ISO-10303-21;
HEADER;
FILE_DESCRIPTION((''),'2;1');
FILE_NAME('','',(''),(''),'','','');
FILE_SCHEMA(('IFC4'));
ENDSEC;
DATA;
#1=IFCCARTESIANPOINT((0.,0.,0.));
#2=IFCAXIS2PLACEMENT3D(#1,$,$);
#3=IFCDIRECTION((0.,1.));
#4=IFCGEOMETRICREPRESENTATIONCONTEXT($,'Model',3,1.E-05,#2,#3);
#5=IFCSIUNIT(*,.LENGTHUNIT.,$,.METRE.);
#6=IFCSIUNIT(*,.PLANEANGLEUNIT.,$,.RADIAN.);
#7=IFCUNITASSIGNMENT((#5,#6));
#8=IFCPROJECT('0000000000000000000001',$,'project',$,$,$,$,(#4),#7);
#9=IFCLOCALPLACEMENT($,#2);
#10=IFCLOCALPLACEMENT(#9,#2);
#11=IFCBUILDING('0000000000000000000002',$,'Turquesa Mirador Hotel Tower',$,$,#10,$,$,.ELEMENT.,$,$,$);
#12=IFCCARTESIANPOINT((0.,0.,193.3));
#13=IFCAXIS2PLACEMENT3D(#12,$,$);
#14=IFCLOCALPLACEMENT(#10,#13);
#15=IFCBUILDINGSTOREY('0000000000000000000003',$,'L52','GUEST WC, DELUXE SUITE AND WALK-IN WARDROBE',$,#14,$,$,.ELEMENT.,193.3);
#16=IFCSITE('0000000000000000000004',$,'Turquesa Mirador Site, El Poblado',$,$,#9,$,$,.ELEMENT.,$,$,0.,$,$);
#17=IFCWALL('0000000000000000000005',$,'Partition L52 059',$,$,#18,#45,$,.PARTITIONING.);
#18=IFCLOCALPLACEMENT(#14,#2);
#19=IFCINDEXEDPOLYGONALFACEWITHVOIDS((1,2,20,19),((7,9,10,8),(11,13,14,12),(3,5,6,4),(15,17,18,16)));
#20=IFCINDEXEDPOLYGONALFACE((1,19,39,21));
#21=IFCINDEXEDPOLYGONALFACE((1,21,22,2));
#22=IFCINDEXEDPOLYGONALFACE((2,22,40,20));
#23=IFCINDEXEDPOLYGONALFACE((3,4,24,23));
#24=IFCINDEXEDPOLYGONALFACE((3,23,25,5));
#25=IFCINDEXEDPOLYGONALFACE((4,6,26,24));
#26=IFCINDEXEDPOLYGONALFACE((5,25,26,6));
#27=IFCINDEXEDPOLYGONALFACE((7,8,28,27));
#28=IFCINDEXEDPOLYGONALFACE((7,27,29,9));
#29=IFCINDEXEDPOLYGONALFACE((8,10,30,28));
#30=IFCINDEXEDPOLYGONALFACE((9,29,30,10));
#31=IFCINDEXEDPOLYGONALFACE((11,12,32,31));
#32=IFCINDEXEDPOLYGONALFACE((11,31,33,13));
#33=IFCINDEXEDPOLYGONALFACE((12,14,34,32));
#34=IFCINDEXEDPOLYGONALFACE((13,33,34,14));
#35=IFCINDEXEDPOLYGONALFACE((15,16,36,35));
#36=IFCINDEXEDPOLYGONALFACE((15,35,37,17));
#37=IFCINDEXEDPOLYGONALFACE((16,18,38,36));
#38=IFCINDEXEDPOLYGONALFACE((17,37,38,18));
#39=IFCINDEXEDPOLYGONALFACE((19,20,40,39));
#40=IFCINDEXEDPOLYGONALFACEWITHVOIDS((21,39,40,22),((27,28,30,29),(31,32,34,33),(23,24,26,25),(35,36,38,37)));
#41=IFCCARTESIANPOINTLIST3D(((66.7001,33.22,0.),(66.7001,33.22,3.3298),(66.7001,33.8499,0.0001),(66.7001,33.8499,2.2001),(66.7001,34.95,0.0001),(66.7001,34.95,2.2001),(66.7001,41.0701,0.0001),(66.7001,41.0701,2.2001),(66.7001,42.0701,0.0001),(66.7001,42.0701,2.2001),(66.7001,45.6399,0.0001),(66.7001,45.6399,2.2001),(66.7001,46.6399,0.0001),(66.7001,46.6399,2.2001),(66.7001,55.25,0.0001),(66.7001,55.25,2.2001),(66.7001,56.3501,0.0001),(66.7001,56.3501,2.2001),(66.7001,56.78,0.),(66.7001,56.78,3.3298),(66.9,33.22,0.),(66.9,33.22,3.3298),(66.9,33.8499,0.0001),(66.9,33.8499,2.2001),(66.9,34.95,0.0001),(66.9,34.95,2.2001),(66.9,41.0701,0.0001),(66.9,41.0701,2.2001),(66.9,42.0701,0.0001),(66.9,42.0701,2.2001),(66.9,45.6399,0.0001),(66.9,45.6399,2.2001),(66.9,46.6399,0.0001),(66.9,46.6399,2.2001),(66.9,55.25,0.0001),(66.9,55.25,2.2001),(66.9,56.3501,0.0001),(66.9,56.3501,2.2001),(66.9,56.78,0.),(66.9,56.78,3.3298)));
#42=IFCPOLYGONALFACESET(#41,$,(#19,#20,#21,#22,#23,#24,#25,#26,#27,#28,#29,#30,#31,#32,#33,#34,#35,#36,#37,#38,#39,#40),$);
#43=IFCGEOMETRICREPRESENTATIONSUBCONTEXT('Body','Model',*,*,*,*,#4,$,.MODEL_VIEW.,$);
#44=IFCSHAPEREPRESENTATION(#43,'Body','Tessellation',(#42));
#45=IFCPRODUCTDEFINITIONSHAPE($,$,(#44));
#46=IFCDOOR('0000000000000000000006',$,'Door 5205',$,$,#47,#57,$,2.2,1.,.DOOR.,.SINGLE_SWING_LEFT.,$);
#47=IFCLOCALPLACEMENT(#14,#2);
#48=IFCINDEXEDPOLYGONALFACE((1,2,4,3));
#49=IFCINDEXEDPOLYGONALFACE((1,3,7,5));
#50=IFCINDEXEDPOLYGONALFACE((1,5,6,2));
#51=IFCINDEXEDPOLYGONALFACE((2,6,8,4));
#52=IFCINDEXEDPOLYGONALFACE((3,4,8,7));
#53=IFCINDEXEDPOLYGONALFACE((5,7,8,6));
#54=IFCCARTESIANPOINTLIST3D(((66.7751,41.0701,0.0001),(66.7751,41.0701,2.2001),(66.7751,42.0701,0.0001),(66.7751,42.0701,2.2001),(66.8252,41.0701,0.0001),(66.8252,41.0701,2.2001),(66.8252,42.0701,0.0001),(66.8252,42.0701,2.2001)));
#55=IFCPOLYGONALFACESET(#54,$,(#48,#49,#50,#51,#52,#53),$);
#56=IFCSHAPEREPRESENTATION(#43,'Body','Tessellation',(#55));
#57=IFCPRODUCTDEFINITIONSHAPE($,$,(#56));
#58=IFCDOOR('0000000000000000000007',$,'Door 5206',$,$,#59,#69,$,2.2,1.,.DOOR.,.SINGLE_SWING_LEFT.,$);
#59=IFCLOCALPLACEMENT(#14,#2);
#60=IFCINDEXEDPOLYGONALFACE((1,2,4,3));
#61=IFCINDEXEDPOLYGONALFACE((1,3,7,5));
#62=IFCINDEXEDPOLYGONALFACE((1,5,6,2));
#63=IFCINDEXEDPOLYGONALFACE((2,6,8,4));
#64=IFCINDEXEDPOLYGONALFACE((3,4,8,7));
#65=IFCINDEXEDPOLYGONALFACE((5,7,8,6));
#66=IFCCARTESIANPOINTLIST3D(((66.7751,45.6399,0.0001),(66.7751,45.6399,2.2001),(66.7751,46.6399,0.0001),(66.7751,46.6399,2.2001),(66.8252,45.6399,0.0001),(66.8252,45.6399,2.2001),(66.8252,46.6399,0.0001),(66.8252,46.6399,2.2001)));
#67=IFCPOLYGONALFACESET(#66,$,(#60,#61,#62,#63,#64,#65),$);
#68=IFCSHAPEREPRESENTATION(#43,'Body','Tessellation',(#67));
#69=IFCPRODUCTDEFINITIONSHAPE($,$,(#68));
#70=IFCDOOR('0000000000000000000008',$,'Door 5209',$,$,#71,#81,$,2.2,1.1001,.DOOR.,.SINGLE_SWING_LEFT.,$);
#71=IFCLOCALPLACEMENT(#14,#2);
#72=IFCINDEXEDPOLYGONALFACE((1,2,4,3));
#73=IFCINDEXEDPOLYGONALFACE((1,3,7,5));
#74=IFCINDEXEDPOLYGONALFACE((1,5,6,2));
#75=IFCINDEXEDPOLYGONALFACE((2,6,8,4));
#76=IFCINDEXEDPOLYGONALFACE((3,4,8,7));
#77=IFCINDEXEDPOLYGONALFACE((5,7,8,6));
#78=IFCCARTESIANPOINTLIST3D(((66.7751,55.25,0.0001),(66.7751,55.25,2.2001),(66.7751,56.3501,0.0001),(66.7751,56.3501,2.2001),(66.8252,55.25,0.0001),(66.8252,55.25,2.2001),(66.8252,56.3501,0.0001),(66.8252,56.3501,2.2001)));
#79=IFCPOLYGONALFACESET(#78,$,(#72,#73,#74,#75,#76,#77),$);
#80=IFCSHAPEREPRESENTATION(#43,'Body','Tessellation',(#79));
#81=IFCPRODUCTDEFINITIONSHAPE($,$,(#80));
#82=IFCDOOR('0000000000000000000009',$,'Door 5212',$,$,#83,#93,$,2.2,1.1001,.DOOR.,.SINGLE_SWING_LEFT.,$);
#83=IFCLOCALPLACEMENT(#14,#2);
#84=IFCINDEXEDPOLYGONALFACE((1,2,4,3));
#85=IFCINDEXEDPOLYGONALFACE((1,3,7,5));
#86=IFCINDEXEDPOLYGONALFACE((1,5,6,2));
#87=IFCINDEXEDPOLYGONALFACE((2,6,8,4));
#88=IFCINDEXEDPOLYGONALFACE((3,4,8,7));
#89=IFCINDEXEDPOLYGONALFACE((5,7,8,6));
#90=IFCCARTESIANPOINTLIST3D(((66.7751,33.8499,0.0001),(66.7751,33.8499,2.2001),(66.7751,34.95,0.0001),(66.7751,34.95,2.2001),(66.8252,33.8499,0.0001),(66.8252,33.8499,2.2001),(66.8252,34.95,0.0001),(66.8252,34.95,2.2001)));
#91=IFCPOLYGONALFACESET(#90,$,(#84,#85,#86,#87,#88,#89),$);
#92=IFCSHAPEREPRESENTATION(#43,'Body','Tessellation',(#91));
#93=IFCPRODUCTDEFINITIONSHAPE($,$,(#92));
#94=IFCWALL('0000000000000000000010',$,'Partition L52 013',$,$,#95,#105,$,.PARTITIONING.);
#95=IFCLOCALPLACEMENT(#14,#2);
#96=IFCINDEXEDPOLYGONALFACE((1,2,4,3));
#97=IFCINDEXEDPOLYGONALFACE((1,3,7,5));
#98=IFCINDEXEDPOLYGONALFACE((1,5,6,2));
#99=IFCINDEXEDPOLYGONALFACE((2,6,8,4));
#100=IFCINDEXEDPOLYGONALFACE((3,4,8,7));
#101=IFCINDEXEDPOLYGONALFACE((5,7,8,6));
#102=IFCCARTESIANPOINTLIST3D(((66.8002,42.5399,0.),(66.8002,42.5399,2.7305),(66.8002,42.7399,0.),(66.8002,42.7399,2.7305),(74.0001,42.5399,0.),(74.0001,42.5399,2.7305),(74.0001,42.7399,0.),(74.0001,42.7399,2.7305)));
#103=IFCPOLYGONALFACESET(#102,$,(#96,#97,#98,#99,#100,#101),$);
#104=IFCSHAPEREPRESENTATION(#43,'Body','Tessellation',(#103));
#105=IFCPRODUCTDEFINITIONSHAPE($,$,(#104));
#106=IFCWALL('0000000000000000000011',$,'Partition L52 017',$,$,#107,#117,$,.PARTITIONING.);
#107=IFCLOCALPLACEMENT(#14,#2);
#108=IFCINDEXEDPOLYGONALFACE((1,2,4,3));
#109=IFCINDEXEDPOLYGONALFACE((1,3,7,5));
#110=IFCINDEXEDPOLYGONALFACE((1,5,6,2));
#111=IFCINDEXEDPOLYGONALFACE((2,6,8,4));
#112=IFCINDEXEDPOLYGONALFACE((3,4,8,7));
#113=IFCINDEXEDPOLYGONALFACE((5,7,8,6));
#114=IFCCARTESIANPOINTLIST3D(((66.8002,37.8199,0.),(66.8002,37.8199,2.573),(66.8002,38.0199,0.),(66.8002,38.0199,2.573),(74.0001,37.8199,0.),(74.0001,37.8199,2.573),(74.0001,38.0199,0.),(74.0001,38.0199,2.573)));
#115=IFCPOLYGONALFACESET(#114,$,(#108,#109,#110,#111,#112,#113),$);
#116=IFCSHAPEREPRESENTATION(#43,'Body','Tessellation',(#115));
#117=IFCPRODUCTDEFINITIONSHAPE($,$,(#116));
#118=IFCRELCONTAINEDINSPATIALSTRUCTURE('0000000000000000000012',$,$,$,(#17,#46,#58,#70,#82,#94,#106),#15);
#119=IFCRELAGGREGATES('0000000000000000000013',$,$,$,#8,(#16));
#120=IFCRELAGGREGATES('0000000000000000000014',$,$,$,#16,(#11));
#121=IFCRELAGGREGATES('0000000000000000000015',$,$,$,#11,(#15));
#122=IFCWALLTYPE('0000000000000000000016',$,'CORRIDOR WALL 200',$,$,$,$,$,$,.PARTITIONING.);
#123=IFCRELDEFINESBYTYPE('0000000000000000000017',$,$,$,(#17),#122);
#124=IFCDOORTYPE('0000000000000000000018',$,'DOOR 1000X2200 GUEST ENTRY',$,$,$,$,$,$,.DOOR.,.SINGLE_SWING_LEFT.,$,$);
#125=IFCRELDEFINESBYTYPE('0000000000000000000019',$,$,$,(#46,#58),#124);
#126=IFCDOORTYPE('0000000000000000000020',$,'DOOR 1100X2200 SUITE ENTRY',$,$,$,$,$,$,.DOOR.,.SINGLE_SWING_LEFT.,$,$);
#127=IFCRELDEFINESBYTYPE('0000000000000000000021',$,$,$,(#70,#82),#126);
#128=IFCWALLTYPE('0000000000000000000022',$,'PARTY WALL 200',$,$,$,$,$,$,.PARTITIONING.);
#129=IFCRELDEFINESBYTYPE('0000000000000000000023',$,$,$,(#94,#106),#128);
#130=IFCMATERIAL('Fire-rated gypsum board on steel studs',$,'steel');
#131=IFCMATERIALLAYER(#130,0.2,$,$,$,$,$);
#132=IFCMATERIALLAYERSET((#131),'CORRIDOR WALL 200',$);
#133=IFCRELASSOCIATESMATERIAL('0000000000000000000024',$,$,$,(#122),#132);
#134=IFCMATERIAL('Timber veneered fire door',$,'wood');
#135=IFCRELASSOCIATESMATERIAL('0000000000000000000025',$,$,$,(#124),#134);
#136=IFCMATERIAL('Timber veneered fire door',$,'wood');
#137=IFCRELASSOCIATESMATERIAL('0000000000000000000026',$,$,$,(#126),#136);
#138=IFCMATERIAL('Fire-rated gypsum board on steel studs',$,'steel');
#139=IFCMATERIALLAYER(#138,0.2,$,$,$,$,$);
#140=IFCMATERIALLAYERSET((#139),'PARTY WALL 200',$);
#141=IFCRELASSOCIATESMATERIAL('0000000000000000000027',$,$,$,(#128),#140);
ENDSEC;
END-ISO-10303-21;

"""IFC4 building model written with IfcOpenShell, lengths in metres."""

from ifc_helpers import new_model, si_unit, direction, frame, frame_2d, origin, place, context, subcontext, project, spatial, rectangle, extrude, material, layer, layer_set, type_object, element, fill, save


model = new_model("IFC4")

# Units and contexts
model_context = context("Model", 3, precision=1e-05, world=origin(), true_north=direction((0.0, 1.0)))
body_context = subcontext(model_context, "Body", "Model", "MODEL_VIEW")
ifc_project = project(units=[si_unit("LENGTHUNIT", "METRE"), si_unit("PLANEANGLEUNIT", "RADIAN")], contexts=[model_context])

# Site, building, storey
site_placement = place(None, origin())
site = spatial("IfcSite", under=ifc_project, at=site_placement, Name="Turquesa Mirador Site, El Poblado", CompositionType="ELEMENT", RefElevation=0.0)
building_placement = place(site_placement, origin())
building = spatial("IfcBuilding", under=site, at=building_placement, Name="Turquesa Mirador Hotel Tower", CompositionType="ELEMENT")
storey_placement = place(building_placement, frame((0.0, 0.0, 193.3)))
storey = spatial("IfcBuildingStorey", under=building, at=storey_placement, Name="L52", Description="GUEST WC, DELUXE SUITE AND WALK-IN WARDROBE", CompositionType="ELEMENT", Elevation=193.3)

# Wall, openings, doors
ifc_material_1 = material(Name="Fire-rated gypsum board on steel studs", Category="steel")
ifc_layer_1 = layer(ifc_material_1, 0.2)
ifc_layer_set_1 = layer_set([ifc_layer_1], Name="CORRIDOR WALL 200")
wall_type_1 = type_object("IfcWallType", Name="CORRIDOR WALL 200", PredefinedType="PARTITIONING", material=ifc_layer_set_1)
wall_1_placement = place(storey_placement, frame((66.8, 33.22, 0.0), z_axis=(0.0, 0.0, 1.0), x_axis=(0.0, 1.0, 0.0)))
wall_1 = element("IfcWall", 1, at=wall_1_placement, inside=storey, type_object=wall_type_1, Name="Partition L52 059", PredefinedType="PARTITIONING", context=body_context, shape_type="SweptSolid", body=[
    extrude(rectangle(XDim=23.5601, YDim=0.2, at=frame_2d((11.78, 0.0))), origin(), (0.0, 0.0, 1.0), 3.3298),
])
opening_1_placement = place(wall_1_placement, frame((7.8501, 0.0, 0.0)))
opening_1 = element("IfcOpeningElement", 2, at=opening_1_placement, cuts=wall_1, PredefinedType="OPENING", context=body_context, shape_type="SweptSolid", body=[
    extrude(rectangle(XDim=1.0, YDim=2.2, at=frame_2d((0.5, 1.1001))), frame((0.0, 0.1099, 0.0), z_axis=(0.0, -1.0, 0.0), x_axis=(1.0, 0.0, 0.0)), (0.0, 0.0, 1.0), 0.22),
])
opening_2_placement = place(wall_1_placement, frame((12.4199, 0.0, 0.0)))
opening_2 = element("IfcOpeningElement", 3, at=opening_2_placement, cuts=wall_1, PredefinedType="OPENING", context=body_context, shape_type="SweptSolid", body=[
    extrude(rectangle(XDim=1.0, YDim=2.2, at=frame_2d((0.5, 1.1001))), frame((0.0, 0.1099, 0.0), z_axis=(0.0, -1.0, 0.0), x_axis=(1.0, 0.0, 0.0)), (0.0, 0.0, 1.0), 0.22),
])
opening_3_placement = place(wall_1_placement, frame((22.03, 0.0, 0.0)))
opening_3 = element("IfcOpeningElement", 4, at=opening_3_placement, cuts=wall_1, PredefinedType="OPENING", context=body_context, shape_type="SweptSolid", body=[
    extrude(rectangle(XDim=1.1001, YDim=2.2, at=frame_2d((0.55, 1.1001))), frame((0.0, 0.1099, 0.0), z_axis=(0.0, -1.0, 0.0), x_axis=(1.0, 0.0, 0.0)), (0.0, 0.0, 1.0), 0.22),
])
opening_4_placement = place(wall_1_placement, frame((0.6299, 0.0, 0.0)))
opening_4 = element("IfcOpeningElement", 5, at=opening_4_placement, cuts=wall_1, PredefinedType="OPENING", context=body_context, shape_type="SweptSolid", body=[
    extrude(rectangle(XDim=1.1001, YDim=2.2, at=frame_2d((0.55, 1.1001))), frame((0.0, 0.1099, 0.0), z_axis=(0.0, -1.0, 0.0), x_axis=(1.0, 0.0, 0.0)), (0.0, 0.0, 1.0), 0.22),
])
ifc_material_2 = material(Name="Timber veneered fire door", Category="wood")
door_type_1 = type_object("IfcDoorType", Name="DOOR 1000X2200 GUEST ENTRY", OperationType="SINGLE_SWING_LEFT", PredefinedType="DOOR", material=ifc_material_2)
door_1_placement = place(opening_1_placement, origin())
door_1 = element("IfcDoor", 6, at=door_1_placement, inside=storey, type_object=door_type_1, Name="Door 5205", OperationType="SINGLE_SWING_LEFT", OverallHeight=2.2, OverallWidth=1.0, PredefinedType="DOOR", context=body_context, shape_type="SweptSolid", body=[
    extrude(rectangle(XDim=1.0, YDim=2.2, at=frame_2d((0.5, 1.1001))), frame((0.0, 0.0249, 0.0), z_axis=(0.0, -1.0, 0.0), x_axis=(1.0, 0.0, 0.0)), (0.0, 0.0, 1.0), 0.05),
])
fill(opening_1, door_1)
door_2_placement = place(opening_2_placement, origin())
door_2 = element("IfcDoor", 7, at=door_2_placement, inside=storey, type_object=door_type_1, Name="Door 5206", OperationType="SINGLE_SWING_LEFT", OverallHeight=2.2, OverallWidth=1.0, PredefinedType="DOOR", context=body_context, shape_type="SweptSolid", body=[
    extrude(rectangle(XDim=1.0, YDim=2.2, at=frame_2d((0.5, 1.1001))), frame((0.0, 0.0249, 0.0), z_axis=(0.0, -1.0, 0.0), x_axis=(1.0, 0.0, 0.0)), (0.0, 0.0, 1.0), 0.05),
])
fill(opening_2, door_2)
ifc_material_3 = material(Name="Timber veneered fire door", Category="wood")
door_type_2 = type_object("IfcDoorType", Name="DOOR 1100X2200 SUITE ENTRY", OperationType="SINGLE_SWING_LEFT", PredefinedType="DOOR", material=ifc_material_3)
door_3_placement = place(opening_3_placement, origin())
door_3 = element("IfcDoor", 8, at=door_3_placement, inside=storey, type_object=door_type_2, Name="Door 5209", OperationType="SINGLE_SWING_LEFT", OverallHeight=2.2, OverallWidth=1.1001, PredefinedType="DOOR", context=body_context, shape_type="SweptSolid", body=[
    extrude(rectangle(XDim=1.1001, YDim=2.2, at=frame_2d((0.55, 1.1001))), frame((0.0, 0.0249, 0.0), z_axis=(0.0, -1.0, 0.0), x_axis=(1.0, 0.0, 0.0)), (0.0, 0.0, 1.0), 0.05),
])
fill(opening_3, door_3)
door_4_placement = place(opening_4_placement, origin())
door_4 = element("IfcDoor", 9, at=door_4_placement, inside=storey, type_object=door_type_2, Name="Door 5212", OperationType="SINGLE_SWING_LEFT", OverallHeight=2.2, OverallWidth=1.1001, PredefinedType="DOOR", context=body_context, shape_type="SweptSolid", body=[
    extrude(rectangle(XDim=1.1001, YDim=2.2, at=frame_2d((0.55, 1.1001))), frame((0.0, 0.0249, 0.0), z_axis=(0.0, -1.0, 0.0), x_axis=(1.0, 0.0, 0.0)), (0.0, 0.0, 1.0), 0.05),
])
fill(opening_4, door_4)

# Walls
ifc_material_4 = material(Name="Fire-rated gypsum board on steel studs", Category="steel")
ifc_layer_2 = layer(ifc_material_4, 0.2)
ifc_layer_set_2 = layer_set([ifc_layer_2], Name="PARTY WALL 200")
wall_type_2 = type_object("IfcWallType", Name="PARTY WALL 200", PredefinedType="PARTITIONING", material=ifc_layer_set_2)
wall_2_placement = place(storey_placement, frame((66.8, 42.6399, 0.0), z_axis=(0.0, 0.0, 1.0), x_axis=(1.0, 0.0, 0.0)))
element("IfcWall", 10, at=wall_2_placement, inside=storey, type_object=wall_type_2, Name="Partition L52 013", PredefinedType="PARTITIONING", context=body_context, shape_type="SweptSolid", body=[
    extrude(rectangle(XDim=7.2, YDim=0.2, at=frame_2d((3.6001, 0.0))), origin(), (0.0, 0.0, 1.0), 2.7305),
])
wall_3_placement = place(storey_placement, frame((66.8, 37.9199, 0.0), z_axis=(0.0, 0.0, 1.0), x_axis=(1.0, 0.0, 0.0)))
element("IfcWall", 11, at=wall_3_placement, inside=storey, type_object=wall_type_2, Name="Partition L52 017", PredefinedType="PARTITIONING", context=body_context, shape_type="SweptSolid", body=[
    extrude(rectangle(XDim=7.2, YDim=0.2, at=frame_2d((3.6001, 0.0))), origin(), (0.0, 0.0, 1.0), 2.573),
])

save(model, "model.ifc")
